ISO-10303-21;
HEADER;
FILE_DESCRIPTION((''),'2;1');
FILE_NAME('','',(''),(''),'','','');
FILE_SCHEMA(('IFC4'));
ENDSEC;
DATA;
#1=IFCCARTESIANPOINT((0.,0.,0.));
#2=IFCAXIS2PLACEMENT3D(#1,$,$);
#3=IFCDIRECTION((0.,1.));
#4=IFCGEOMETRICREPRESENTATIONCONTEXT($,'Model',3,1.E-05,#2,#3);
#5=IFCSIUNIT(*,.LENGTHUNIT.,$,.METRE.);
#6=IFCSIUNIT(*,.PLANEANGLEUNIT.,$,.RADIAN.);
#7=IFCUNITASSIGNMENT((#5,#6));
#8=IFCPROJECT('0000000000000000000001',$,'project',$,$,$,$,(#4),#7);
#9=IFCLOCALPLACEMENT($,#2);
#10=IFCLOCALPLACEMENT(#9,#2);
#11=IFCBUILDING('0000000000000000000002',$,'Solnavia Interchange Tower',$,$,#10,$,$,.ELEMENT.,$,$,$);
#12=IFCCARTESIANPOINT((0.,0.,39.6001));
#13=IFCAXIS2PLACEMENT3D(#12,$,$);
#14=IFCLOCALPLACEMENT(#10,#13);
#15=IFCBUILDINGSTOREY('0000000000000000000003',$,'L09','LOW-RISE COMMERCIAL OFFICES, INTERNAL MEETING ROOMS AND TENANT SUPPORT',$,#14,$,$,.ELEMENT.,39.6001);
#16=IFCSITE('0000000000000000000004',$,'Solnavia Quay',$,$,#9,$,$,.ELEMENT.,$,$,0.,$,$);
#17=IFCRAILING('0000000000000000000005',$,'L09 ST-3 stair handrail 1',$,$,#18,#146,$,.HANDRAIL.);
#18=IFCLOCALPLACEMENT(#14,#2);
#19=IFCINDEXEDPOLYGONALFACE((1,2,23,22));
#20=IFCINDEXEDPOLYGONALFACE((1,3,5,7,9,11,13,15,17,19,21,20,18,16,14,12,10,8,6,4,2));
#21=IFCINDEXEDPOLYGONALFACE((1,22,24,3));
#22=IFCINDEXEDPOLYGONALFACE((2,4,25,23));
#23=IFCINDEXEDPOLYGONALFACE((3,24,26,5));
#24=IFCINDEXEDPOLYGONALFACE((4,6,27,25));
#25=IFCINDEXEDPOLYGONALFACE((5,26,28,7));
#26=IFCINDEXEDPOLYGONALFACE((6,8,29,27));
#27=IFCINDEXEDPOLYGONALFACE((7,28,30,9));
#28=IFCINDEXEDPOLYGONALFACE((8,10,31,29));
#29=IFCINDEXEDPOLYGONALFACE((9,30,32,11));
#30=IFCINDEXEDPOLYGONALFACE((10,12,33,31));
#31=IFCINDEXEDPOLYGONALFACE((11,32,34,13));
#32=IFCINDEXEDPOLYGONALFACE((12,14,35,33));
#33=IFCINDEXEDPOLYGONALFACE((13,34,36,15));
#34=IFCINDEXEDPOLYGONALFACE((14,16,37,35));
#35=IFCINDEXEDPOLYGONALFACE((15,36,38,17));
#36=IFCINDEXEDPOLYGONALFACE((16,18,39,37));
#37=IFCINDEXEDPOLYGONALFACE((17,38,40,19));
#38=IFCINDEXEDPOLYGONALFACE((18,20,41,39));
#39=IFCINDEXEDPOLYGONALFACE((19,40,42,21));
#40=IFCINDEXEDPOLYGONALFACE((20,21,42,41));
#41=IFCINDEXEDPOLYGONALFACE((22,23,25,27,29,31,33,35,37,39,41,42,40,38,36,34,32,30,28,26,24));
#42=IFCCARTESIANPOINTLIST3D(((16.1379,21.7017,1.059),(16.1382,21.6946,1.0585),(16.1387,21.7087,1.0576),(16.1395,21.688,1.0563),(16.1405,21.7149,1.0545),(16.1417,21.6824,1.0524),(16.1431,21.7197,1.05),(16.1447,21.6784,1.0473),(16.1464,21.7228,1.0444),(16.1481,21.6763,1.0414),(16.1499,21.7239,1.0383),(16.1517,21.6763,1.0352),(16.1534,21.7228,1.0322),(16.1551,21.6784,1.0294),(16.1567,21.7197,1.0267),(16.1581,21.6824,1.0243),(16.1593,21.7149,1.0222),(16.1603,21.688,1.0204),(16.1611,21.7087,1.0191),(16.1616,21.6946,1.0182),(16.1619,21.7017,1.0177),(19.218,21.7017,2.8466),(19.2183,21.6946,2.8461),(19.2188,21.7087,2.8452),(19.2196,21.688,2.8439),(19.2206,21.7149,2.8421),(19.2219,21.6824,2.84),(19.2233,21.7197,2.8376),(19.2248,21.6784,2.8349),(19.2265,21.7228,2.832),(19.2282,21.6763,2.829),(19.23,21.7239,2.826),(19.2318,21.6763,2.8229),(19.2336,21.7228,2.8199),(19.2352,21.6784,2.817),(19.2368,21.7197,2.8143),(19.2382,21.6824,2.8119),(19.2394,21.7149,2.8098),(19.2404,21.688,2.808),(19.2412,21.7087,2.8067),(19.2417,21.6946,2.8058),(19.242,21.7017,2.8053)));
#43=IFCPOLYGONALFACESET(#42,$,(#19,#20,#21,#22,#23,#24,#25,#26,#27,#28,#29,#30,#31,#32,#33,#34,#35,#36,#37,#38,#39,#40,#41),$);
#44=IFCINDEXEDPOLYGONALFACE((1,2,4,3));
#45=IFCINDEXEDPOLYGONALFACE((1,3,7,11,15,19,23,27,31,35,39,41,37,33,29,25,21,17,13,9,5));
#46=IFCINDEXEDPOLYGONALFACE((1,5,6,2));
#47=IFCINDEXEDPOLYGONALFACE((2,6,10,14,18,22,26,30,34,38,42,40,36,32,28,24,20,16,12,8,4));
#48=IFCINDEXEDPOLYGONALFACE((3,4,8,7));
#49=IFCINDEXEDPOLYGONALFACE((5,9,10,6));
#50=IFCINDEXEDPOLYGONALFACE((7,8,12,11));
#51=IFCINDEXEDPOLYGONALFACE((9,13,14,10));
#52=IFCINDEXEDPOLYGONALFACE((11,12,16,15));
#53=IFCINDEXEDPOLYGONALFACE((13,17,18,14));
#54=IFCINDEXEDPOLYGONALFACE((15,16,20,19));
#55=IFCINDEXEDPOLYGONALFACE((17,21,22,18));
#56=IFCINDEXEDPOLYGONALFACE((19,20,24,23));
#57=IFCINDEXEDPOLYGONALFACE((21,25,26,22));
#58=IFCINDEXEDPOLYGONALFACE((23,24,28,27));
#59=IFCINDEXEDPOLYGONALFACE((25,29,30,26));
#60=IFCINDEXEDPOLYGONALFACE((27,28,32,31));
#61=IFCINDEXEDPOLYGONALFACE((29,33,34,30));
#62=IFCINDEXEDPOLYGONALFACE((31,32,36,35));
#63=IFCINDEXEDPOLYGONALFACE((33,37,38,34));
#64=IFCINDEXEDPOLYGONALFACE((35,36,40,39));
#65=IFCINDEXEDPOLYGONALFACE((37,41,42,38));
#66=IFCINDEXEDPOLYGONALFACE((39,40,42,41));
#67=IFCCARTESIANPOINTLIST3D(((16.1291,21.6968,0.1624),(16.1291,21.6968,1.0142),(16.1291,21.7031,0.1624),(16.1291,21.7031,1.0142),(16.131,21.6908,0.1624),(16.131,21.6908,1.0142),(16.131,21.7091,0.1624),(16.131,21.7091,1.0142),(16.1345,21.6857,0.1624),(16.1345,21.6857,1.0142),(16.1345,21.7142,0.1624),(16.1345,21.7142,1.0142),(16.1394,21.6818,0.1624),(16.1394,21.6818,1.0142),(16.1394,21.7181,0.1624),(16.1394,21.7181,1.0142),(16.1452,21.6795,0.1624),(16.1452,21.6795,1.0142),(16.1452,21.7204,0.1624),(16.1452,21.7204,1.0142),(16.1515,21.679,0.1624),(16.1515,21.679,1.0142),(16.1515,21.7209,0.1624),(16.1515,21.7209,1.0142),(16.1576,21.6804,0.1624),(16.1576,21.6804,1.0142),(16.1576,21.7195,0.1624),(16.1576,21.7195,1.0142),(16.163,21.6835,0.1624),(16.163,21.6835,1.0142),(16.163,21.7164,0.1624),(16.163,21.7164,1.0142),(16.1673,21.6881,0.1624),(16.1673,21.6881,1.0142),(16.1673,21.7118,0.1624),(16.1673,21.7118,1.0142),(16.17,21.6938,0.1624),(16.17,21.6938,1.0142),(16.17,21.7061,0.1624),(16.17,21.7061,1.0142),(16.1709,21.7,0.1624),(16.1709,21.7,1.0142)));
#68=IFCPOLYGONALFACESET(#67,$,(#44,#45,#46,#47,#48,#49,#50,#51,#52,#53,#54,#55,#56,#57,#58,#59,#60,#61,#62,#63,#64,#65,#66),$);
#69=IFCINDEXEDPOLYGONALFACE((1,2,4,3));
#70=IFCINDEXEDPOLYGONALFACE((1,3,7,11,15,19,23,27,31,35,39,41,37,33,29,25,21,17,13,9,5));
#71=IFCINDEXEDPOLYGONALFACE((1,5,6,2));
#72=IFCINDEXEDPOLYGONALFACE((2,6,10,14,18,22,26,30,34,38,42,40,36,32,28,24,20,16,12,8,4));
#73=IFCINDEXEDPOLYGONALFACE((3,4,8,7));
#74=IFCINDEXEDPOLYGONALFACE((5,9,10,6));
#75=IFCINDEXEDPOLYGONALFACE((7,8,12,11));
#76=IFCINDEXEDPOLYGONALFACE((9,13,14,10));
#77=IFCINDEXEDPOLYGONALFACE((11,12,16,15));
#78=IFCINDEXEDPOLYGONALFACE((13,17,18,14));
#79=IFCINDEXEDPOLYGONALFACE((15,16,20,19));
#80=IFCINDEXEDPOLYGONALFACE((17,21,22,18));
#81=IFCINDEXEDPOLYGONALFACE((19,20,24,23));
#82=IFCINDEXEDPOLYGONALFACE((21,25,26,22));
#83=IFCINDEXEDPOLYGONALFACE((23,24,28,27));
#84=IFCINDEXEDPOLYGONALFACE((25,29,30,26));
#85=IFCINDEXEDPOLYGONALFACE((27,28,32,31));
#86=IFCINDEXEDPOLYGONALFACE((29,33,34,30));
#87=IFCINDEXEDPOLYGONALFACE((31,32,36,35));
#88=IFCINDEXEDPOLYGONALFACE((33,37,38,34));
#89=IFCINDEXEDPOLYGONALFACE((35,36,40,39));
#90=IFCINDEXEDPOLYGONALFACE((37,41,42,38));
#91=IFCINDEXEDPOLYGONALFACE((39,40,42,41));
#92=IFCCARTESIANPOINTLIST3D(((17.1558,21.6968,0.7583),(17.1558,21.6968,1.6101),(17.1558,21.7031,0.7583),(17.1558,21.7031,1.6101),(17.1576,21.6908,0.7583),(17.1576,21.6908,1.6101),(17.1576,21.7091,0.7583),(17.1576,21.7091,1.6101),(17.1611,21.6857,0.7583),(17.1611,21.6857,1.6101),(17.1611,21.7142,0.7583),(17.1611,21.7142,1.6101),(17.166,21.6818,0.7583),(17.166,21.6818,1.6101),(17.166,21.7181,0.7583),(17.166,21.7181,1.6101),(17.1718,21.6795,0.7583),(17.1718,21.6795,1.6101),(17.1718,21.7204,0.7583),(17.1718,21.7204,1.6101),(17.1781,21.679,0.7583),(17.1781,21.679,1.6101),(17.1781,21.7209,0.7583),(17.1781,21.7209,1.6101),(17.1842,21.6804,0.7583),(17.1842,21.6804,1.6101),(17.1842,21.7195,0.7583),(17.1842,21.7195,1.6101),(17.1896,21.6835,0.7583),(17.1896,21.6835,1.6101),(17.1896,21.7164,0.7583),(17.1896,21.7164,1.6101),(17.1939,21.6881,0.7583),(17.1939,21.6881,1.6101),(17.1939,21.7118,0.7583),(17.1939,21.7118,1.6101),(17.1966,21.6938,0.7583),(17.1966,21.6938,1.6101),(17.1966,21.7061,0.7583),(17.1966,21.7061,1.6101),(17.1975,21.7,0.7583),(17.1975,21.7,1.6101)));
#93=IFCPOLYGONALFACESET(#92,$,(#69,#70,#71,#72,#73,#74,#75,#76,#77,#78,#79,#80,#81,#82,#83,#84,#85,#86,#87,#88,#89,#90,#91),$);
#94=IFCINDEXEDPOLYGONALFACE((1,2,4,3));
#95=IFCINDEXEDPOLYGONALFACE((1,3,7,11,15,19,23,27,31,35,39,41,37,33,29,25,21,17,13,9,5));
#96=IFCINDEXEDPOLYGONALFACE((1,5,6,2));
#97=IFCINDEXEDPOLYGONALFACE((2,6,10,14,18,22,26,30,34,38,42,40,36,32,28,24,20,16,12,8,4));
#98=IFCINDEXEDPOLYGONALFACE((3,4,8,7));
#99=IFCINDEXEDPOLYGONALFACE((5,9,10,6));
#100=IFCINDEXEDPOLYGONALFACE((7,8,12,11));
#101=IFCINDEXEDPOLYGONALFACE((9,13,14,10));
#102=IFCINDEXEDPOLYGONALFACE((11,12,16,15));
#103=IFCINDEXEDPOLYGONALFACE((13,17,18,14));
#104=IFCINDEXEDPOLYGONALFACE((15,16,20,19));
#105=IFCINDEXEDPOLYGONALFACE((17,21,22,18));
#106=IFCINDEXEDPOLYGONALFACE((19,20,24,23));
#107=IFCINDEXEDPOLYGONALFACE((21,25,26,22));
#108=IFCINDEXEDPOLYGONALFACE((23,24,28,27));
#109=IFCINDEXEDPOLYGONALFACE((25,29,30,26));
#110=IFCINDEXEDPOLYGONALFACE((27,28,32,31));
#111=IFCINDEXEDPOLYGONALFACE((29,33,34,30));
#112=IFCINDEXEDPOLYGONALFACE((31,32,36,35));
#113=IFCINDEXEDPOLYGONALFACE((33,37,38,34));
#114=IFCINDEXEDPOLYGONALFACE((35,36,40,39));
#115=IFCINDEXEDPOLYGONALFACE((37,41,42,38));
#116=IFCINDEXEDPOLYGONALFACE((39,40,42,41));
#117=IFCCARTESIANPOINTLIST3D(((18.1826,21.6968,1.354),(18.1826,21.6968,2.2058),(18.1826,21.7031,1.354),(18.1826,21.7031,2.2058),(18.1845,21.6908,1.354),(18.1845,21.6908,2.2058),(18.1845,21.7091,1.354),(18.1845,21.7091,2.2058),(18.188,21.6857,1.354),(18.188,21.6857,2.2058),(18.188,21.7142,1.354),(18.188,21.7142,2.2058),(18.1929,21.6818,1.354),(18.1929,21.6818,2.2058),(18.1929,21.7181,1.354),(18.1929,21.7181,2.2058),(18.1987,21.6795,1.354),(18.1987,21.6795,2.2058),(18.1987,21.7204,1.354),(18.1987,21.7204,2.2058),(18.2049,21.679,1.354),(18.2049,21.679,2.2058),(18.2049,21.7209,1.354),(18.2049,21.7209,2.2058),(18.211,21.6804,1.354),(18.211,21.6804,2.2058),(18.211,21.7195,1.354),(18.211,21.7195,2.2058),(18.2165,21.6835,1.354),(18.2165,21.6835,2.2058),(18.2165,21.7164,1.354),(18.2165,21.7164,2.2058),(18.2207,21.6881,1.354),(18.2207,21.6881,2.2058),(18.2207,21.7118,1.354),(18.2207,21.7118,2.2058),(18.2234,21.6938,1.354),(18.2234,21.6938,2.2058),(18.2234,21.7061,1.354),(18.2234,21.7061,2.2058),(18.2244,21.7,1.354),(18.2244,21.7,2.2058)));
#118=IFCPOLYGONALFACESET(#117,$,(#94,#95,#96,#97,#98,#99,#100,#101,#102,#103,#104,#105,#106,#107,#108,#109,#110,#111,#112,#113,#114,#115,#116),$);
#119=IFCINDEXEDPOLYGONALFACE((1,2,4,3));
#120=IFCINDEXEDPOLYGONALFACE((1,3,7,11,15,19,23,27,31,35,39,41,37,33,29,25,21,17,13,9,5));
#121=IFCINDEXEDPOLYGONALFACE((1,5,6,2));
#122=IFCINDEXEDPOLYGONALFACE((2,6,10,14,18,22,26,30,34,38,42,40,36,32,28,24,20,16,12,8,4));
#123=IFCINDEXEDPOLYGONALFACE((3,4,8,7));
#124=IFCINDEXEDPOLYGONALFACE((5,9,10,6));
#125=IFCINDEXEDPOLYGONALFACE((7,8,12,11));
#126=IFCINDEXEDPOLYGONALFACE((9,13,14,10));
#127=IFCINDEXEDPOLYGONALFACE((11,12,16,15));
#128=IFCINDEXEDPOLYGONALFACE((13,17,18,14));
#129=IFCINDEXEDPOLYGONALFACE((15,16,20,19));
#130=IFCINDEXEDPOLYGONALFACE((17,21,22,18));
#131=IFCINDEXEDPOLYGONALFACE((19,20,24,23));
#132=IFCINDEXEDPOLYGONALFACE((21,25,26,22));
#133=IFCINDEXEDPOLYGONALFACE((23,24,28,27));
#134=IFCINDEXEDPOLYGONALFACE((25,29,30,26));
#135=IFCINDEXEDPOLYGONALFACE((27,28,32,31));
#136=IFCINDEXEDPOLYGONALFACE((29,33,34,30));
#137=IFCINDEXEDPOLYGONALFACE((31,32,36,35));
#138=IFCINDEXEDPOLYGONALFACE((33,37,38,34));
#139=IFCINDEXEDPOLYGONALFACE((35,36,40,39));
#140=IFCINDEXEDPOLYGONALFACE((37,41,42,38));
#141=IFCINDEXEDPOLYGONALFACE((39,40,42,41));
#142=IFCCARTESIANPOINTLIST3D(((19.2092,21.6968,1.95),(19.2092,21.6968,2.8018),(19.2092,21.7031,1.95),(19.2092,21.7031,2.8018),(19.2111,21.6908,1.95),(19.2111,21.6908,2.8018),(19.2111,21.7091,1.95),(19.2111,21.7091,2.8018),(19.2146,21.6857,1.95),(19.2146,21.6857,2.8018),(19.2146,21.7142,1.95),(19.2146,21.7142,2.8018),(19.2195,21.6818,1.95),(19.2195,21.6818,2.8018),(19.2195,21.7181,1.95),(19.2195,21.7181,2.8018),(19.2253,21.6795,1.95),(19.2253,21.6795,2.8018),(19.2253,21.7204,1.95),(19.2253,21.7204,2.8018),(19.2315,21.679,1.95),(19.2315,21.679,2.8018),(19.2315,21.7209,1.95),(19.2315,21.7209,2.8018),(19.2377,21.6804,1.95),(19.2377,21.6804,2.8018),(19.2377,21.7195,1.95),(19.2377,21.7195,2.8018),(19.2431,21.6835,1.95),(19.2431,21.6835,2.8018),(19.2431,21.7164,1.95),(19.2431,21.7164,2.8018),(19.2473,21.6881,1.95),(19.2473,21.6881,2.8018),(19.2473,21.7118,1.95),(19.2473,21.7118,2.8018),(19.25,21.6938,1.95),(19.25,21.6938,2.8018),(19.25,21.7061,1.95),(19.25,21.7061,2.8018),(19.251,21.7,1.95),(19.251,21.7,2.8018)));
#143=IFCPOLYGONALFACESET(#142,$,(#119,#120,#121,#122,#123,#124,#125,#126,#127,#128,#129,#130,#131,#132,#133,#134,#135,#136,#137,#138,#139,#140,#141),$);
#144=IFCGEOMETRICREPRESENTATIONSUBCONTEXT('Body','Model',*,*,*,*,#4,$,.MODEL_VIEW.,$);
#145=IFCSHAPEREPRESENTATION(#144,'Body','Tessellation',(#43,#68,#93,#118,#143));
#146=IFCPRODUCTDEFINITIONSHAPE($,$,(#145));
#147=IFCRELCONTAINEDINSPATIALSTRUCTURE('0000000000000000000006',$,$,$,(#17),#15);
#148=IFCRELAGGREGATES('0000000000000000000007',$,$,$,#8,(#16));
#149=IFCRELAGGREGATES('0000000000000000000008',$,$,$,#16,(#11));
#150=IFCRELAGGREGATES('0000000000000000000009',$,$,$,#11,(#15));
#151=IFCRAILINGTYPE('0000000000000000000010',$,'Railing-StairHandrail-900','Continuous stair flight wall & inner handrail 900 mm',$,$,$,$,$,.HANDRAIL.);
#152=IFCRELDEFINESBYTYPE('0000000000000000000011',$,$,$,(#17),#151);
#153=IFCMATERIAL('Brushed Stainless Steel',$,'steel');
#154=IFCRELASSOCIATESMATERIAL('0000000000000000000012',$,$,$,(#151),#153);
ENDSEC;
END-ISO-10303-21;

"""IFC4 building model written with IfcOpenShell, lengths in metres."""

from ifc_helpers import new_model, si_unit, direction, frame, origin, origin_2d, place, context, subcontext, project, spatial, circle, extrude, material, type_object, element, save


model = new_model("IFC4")

# Units and contexts
model_context = context("Model", 3, precision=1e-05, world=origin(), true_north=direction((0.0, 1.0)))
body_context = subcontext(model_context, "Body", "Model", "MODEL_VIEW")
ifc_project = project(units=[si_unit("LENGTHUNIT", "METRE"), si_unit("PLANEANGLEUNIT", "RADIAN")], contexts=[model_context])

# Site, building, storey
site_placement = place(None, origin())
site = spatial("IfcSite", under=ifc_project, at=site_placement, Name="Solnavia Quay", CompositionType="ELEMENT", RefElevation=0.0)
building_placement = place(site_placement, origin())
building = spatial("IfcBuilding", under=site, at=building_placement, Name="Solnavia Interchange Tower", CompositionType="ELEMENT")
storey_placement = place(building_placement, frame((0.0, 0.0, 39.6001)))
storey = spatial("IfcBuildingStorey", under=building, at=storey_placement, Name="L09", Description="LOW-RISE COMMERCIAL OFFICES, INTERNAL MEETING ROOMS AND TENANT SUPPORT", CompositionType="ELEMENT", Elevation=39.6001)

# Railing
ifc_material_1 = material(Name="Brushed Stainless Steel", Category="steel")
railing_type_1 = type_object("IfcRailingType", Name="Railing-StairHandrail-900", Description="Continuous stair flight wall & inner handrail 900 mm", PredefinedType="HANDRAIL", material=ifc_material_1)
railing_1_placement = place(storey_placement, frame((16.1499, 21.7, 0.1624)))
element("IfcRailing", 1, at=railing_1_placement, inside=storey, type_object=railing_type_1, Name="L09 ST-3 stair handrail 1", PredefinedType="HANDRAIL", context=body_context, shape_type="SweptSolid", body=[
    extrude(circle(Radius=0.0239, at=origin_2d()), frame((0.0, 0.0, 0.876), z_axis=(0.864891, 0.0, 0.50196), x_axis=(0.0, 1.0, 0.0)), (0.0, 0.0, 1.0), 3.5613),
    extrude(circle(Radius=0.021, at=origin_2d()), origin(), (0.0, 0.0, 1.0), 0.8518),
    extrude(circle(Radius=0.021, at=origin_2d()), frame((1.0266, 0.0, 0.5959)), (0.0, 0.0, 1.0), 0.8518),
    extrude(circle(Radius=0.021, at=origin_2d()), frame((2.0535, 0.0, 1.1917)), (0.0, 0.0, 1.0), 0.8518),
    extrude(circle(Radius=0.021, at=origin_2d()), frame((3.0801, 0.0, 1.7876)), (0.0, 0.0, 1.0), 0.8518),
])

save(model, "model.ifc")
